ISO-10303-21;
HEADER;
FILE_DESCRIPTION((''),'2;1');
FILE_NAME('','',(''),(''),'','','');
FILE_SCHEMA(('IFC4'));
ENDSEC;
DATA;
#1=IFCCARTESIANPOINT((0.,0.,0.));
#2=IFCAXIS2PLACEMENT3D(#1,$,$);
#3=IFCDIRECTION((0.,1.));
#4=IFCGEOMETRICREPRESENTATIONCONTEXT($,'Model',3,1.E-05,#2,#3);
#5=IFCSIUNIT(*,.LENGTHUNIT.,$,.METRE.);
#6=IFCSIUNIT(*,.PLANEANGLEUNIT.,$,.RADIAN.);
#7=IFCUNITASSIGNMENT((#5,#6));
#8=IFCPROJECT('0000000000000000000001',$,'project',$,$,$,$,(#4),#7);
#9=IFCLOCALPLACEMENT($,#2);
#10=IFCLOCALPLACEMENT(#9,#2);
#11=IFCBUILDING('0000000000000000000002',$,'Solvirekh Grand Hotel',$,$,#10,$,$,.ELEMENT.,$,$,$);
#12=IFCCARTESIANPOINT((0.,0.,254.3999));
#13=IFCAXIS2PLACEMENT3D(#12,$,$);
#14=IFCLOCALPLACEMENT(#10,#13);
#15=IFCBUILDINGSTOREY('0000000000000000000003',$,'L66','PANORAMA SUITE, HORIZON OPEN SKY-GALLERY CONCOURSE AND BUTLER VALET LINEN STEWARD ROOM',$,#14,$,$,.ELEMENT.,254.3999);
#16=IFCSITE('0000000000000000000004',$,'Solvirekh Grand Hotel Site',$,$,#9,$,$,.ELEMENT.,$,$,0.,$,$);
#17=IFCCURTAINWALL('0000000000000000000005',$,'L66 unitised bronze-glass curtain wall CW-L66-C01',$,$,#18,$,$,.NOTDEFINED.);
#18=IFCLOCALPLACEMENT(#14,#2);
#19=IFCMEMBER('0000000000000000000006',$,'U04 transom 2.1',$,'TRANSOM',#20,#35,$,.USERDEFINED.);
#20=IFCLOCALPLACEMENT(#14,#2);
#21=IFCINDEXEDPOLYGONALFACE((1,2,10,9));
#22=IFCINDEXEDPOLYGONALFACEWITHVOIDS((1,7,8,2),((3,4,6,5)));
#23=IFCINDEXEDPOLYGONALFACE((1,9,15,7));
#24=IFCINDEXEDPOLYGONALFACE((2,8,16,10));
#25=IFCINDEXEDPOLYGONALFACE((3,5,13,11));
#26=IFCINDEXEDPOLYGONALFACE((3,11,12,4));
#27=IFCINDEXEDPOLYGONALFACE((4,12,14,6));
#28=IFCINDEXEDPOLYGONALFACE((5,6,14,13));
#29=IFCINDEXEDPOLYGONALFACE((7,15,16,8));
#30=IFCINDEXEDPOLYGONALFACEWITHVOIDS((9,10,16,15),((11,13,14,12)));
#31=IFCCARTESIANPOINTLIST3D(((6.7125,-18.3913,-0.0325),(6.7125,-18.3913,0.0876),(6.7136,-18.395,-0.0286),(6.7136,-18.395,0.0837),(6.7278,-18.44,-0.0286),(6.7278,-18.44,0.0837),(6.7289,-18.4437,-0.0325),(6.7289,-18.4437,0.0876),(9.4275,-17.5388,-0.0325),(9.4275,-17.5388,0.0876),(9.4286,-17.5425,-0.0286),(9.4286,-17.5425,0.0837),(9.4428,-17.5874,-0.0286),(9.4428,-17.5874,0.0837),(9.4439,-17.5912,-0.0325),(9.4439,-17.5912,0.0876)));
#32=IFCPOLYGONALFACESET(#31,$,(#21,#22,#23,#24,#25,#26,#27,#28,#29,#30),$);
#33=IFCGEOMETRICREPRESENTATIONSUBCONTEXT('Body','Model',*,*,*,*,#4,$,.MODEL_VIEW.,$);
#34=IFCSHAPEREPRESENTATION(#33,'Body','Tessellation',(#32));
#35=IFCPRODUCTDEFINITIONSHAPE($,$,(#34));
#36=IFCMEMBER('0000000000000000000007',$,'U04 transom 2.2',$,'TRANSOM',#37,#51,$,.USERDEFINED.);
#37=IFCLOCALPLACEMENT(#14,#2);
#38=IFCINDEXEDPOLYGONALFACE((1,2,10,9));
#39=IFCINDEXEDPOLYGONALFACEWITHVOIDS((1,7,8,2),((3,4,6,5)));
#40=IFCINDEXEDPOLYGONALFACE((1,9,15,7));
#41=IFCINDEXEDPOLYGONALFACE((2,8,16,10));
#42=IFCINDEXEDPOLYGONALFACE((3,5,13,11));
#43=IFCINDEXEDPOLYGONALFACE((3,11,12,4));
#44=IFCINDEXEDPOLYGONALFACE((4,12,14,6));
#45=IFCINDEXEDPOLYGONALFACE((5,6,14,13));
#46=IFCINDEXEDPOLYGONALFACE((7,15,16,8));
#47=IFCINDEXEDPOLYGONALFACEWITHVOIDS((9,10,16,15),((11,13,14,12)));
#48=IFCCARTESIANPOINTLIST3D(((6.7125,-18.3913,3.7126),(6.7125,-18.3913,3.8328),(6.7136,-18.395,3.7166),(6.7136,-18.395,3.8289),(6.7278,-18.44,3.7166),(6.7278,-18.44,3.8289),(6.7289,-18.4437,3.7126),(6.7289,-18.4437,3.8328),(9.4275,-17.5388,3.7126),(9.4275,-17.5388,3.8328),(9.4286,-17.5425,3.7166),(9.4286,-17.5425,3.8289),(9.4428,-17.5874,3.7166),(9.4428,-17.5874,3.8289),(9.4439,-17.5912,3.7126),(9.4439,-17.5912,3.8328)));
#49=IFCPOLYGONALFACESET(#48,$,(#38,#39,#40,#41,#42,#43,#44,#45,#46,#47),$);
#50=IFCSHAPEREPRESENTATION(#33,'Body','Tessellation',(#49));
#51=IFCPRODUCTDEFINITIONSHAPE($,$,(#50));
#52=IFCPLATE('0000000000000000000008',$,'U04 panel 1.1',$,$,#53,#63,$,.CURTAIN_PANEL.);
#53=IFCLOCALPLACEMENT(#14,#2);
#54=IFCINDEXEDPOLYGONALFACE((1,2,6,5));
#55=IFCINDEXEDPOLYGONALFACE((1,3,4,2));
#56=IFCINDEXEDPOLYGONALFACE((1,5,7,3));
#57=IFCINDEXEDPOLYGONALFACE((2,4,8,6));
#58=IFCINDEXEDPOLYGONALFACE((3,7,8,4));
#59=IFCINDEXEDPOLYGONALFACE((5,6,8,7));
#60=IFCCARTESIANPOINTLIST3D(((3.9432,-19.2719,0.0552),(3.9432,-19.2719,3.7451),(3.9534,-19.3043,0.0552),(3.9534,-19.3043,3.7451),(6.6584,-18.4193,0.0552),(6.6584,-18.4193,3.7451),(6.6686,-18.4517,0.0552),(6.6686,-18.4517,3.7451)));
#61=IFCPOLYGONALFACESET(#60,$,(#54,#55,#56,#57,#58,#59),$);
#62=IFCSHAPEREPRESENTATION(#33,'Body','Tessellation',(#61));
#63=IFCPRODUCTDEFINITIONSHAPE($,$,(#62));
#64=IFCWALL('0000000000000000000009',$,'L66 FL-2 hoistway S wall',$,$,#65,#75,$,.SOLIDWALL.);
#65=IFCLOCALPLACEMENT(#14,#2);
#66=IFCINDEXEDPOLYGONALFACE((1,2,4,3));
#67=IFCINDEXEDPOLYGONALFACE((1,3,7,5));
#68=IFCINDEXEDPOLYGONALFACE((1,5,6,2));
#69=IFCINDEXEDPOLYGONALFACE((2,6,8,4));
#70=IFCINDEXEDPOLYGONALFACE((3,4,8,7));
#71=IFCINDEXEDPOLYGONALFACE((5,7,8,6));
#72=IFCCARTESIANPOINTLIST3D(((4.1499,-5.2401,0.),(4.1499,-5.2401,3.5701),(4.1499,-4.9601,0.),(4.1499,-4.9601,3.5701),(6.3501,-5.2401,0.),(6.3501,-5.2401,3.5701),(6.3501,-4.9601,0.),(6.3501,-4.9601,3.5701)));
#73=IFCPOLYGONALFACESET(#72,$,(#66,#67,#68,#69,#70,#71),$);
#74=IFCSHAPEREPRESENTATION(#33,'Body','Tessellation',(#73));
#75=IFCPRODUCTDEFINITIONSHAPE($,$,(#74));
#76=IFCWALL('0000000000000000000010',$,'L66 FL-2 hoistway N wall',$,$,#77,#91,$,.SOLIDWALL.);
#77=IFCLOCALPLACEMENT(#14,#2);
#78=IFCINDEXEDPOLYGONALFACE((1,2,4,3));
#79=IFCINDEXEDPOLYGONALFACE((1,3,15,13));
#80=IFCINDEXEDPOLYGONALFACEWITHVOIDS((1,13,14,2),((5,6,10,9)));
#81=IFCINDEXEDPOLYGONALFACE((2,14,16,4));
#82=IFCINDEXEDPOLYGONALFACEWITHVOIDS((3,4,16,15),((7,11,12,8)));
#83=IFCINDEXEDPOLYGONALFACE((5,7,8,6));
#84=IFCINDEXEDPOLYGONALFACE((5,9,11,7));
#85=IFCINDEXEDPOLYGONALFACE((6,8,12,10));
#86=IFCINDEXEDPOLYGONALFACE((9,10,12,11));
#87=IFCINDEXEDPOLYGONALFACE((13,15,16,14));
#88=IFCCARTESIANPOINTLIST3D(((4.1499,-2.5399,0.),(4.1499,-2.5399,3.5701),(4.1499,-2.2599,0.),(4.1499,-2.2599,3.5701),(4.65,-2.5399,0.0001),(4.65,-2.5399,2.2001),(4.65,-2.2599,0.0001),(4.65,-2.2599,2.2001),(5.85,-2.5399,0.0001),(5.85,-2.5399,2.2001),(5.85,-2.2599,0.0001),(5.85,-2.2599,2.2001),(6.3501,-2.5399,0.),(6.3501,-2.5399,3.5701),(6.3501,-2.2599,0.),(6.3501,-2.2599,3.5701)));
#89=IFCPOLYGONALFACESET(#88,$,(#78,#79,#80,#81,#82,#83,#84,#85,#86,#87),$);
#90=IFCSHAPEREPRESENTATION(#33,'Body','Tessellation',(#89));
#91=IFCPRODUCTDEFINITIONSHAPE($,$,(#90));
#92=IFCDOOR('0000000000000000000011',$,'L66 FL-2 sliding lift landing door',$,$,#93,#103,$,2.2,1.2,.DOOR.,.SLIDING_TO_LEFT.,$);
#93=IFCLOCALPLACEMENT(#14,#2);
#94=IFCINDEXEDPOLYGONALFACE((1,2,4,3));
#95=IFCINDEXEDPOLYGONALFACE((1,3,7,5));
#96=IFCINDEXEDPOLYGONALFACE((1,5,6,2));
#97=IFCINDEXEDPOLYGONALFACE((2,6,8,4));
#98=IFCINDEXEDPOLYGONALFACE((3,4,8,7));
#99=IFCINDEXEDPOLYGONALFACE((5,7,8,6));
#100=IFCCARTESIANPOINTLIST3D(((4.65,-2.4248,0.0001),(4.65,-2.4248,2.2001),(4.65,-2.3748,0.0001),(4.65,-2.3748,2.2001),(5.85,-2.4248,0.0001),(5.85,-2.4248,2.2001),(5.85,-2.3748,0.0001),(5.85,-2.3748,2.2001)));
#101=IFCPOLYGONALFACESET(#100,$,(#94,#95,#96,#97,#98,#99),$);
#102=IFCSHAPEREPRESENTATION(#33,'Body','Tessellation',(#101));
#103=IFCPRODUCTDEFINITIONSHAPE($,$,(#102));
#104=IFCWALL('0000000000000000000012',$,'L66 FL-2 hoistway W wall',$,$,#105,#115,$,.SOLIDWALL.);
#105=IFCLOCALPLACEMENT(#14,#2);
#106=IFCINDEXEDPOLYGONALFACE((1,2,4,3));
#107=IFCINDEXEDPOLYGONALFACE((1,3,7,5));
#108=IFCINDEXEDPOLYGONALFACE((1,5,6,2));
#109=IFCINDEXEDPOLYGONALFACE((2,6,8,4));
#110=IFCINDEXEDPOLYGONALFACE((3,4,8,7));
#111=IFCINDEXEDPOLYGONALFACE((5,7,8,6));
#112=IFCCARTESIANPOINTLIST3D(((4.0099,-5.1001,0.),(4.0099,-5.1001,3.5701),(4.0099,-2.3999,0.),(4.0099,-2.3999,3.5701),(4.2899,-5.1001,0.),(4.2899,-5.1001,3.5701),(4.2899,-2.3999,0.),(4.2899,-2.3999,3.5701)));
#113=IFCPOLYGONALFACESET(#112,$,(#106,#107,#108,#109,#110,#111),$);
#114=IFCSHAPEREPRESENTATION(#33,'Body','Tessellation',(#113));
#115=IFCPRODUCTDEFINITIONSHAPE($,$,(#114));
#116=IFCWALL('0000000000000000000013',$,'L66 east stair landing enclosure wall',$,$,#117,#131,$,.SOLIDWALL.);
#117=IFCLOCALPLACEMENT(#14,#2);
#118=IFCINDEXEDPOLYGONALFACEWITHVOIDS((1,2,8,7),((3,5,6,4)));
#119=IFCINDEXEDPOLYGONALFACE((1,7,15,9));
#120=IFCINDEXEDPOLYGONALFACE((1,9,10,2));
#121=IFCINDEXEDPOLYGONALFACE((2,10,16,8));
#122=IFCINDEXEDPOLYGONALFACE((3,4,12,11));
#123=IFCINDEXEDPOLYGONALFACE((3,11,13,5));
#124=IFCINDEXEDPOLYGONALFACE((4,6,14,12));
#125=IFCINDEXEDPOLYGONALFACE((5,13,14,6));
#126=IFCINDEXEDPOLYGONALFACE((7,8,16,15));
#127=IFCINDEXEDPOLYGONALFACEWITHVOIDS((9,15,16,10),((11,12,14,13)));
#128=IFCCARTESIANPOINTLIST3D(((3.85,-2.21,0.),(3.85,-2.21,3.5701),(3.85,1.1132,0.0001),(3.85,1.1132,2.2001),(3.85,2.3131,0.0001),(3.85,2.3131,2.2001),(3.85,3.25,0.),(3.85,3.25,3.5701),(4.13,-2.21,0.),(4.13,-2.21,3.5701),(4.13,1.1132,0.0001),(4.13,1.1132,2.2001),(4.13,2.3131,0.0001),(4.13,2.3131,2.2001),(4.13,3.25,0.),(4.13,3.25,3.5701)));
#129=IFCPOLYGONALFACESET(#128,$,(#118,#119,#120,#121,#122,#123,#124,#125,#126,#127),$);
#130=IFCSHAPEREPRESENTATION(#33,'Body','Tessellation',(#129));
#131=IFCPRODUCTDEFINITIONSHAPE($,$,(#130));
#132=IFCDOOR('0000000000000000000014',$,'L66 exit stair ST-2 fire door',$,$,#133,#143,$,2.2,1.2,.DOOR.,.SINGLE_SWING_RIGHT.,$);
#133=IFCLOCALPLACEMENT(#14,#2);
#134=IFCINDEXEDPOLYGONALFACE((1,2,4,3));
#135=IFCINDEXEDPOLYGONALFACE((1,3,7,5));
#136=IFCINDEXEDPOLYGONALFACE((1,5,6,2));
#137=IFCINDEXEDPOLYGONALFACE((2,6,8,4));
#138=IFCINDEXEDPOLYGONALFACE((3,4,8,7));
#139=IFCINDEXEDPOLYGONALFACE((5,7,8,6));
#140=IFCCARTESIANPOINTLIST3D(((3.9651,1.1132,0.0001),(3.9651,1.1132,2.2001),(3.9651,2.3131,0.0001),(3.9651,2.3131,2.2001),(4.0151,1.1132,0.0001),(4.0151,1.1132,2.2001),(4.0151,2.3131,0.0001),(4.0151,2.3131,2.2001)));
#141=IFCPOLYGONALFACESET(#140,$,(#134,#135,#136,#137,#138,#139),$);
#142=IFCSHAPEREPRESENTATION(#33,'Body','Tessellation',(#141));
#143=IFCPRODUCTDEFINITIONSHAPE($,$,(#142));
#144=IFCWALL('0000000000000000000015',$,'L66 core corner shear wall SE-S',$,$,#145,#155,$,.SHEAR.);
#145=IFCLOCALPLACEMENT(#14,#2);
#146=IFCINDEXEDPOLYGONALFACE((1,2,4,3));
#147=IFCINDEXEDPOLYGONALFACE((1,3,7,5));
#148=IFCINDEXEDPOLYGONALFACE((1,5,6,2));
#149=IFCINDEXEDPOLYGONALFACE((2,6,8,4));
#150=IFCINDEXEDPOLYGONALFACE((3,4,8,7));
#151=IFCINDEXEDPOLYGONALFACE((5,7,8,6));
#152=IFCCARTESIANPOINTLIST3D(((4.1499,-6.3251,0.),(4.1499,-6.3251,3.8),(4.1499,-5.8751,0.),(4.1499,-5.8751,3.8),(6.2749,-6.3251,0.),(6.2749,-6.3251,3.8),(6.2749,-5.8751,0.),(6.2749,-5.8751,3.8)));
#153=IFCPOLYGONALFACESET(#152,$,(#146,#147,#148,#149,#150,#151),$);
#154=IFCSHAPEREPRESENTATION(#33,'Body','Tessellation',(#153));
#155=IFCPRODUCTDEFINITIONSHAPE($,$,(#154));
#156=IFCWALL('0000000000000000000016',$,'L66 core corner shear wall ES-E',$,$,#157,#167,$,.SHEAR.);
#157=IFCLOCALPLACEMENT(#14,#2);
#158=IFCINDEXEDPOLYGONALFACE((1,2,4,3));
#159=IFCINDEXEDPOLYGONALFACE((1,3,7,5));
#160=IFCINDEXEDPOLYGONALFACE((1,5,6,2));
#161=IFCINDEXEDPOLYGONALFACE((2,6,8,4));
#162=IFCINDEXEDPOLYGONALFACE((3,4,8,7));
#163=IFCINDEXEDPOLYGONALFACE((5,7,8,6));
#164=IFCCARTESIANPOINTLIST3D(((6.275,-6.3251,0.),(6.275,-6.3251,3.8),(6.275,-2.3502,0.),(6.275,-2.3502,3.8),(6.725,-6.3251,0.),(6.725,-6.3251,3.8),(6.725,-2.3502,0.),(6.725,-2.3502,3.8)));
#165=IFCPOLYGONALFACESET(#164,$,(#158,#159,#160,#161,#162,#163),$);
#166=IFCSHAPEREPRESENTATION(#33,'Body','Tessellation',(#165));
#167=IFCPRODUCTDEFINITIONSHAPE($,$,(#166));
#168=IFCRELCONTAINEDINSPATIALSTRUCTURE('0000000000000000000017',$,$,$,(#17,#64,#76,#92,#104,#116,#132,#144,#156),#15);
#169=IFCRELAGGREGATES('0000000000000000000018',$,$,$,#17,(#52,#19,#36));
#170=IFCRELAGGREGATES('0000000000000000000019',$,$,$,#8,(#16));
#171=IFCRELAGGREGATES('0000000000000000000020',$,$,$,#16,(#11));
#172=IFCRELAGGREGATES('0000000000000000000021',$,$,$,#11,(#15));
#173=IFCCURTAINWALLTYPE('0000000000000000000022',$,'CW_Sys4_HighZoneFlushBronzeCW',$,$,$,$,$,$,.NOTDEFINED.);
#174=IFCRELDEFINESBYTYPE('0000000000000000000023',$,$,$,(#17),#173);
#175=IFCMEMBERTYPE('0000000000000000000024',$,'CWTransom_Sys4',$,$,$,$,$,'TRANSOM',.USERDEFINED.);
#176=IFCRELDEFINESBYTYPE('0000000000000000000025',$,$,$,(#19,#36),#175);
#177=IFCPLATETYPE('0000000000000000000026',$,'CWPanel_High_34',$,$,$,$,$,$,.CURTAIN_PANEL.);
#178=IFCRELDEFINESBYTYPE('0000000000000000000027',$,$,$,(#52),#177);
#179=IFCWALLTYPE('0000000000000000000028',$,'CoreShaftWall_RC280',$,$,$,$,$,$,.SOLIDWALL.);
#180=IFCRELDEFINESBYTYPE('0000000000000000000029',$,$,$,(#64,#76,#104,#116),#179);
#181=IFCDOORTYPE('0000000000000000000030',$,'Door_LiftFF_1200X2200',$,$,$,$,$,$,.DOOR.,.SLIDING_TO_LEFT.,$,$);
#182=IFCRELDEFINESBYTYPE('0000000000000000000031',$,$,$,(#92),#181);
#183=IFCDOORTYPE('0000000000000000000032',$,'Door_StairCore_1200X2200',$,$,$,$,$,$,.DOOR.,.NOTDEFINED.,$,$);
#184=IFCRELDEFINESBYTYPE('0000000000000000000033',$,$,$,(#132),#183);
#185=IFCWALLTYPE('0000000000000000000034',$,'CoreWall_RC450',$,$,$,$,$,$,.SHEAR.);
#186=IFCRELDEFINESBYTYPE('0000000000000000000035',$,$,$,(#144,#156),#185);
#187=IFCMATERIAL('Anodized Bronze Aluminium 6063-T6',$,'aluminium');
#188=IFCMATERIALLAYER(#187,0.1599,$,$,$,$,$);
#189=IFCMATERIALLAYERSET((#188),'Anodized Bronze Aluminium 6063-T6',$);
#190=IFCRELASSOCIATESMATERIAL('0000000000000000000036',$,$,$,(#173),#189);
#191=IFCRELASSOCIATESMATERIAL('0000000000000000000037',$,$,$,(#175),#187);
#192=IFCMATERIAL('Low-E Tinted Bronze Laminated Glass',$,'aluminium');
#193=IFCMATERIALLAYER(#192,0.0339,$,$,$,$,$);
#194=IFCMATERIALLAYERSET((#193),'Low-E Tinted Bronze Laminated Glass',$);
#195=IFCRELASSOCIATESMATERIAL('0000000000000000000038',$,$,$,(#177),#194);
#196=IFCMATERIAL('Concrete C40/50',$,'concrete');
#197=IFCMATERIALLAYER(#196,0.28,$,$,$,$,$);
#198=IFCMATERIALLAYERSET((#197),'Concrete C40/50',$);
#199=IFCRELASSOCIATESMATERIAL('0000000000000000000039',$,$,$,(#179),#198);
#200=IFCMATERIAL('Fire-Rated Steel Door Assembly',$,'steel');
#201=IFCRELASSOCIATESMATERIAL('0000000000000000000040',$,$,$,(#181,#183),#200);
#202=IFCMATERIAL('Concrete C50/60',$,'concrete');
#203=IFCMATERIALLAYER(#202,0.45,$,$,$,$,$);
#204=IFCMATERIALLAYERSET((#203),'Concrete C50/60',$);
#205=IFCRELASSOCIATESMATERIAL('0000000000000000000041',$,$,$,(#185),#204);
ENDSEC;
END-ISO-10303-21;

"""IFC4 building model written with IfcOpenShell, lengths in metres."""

from ifc_helpers import new_model, si_unit, direction, frame, frame_2d, origin, origin_2d, place, context, subcontext, project, spatial, rectangle, hollow_rectangle, extrude, source, transform, mapped, material, layer, layer_set, material_profile, profile_set, type_object, element, fill, aggregate, save


model = new_model("IFC4")

# Units and contexts
model_context = context("Model", 3, precision=1e-05, world=origin(), true_north=direction((0.0, 1.0)))
body_context = subcontext(model_context, "Body", "Model", "MODEL_VIEW")
ifc_project = project(units=[si_unit("LENGTHUNIT", "METRE"), si_unit("PLANEANGLEUNIT", "RADIAN")], contexts=[model_context])

# Site, building, storey
site_placement = place(None, origin())
site = spatial("IfcSite", under=ifc_project, at=site_placement, Name="Solvirekh Grand Hotel Site", CompositionType="ELEMENT", RefElevation=0.0)
building_placement = place(site_placement, origin())
building = spatial("IfcBuilding", under=site, at=building_placement, Name="Solvirekh Grand Hotel", CompositionType="ELEMENT")
storey_placement = place(building_placement, frame((0.0, 0.0, 254.3999)))
storey = spatial("IfcBuildingStorey", under=building, at=storey_placement, Name="L66", Description="PANORAMA SUITE, HORIZON OPEN SKY-GALLERY CONCOURSE AND BUTLER VALET LINEN STEWARD ROOM", CompositionType="ELEMENT", Elevation=254.3999)

# Shared definitions
ifc_material_1 = material(Name="Concrete C50/60", Category="concrete")

# Curtain wall, members, plate
ifc_material_2 = material(Name="Anodized Bronze Aluminium 6063-T6", Category="aluminium")
ifc_layer_1 = layer(ifc_material_2, 0.1599)
ifc_layer_set_1 = layer_set([ifc_layer_1], Name="Anodized Bronze Aluminium 6063-T6")
curtain_wall_type = type_object("IfcCurtainWallType", Name="CW_Sys4_HighZoneFlushBronzeCW", PredefinedType="NOTDEFINED", material=ifc_layer_set_1)
curtain_wall_placement = place(storey_placement, origin())
curtain_wall = element("IfcCurtainWall", 1, at=curtain_wall_placement, inside=storey, type_object=curtain_wall_type, Name="L66 unitised bronze-glass curtain wall CW-L66-C01", PredefinedType="NOTDEFINED")
ifc_material_profile_1 = material_profile(ifc_material_2, hollow_rectangle(XDim=0.0549, YDim=0.1201, WallThickness=0.0039, at=origin_2d()), Name="ALU RHS 120X55X4")
ifc_profile_set_1 = profile_set([ifc_material_profile_1], Name="Anodized Bronze Aluminium 6063-T6")
member_type_1 = type_object("IfcMemberType", Name="CWTransom_Sys4", ElementType="TRANSOM", PredefinedType="USERDEFINED", material=ifc_profile_set_1)
shared_shape_1 = source(origin(), body_context, "Body", "SweptSolid", [
    extrude(hollow_rectangle(XDim=0.0549, YDim=0.1201, WallThickness=0.0039, at=origin_2d()), origin(), (0.0, 0.0, 1.0), 2.8457),
])
member_1_placement = place(storey_placement, frame((6.7207, -18.4175, 0.0276), z_axis=(0.954072, 0.299579, 0.0), x_axis=(-0.299579, 0.954072, 0.0)))
member_1 = element("IfcMember", 2, at=member_1_placement, type_object=member_type_1, Name="U04 transom 2.1", ObjectType="TRANSOM", PredefinedType="USERDEFINED", context=body_context, shape_type="MappedRepresentation", body=[
    mapped(shared_shape_1, transform((0.0, 0.0, 0.0), x_axis=(1.0, 0.0, 0.0), y_axis=(0.0, 1.0, 0.0), z_axis=(0.0, 0.0, 1.0), scale=1.0)),
])
member_2_placement = place(storey_placement, frame((6.7207, -18.4175, 3.7727), z_axis=(0.954072, 0.299579, 0.0), x_axis=(-0.299579, 0.954072, 0.0)))
member_2 = element("IfcMember", 3, at=member_2_placement, type_object=member_type_1, Name="U04 transom 2.2", ObjectType="TRANSOM", PredefinedType="USERDEFINED", context=body_context, shape_type="MappedRepresentation", body=[
    mapped(shared_shape_1, transform((0.0, 0.0, 0.0), x_axis=(1.0, 0.0, 0.0), y_axis=(0.0, 1.0, 0.0), z_axis=(0.0, 0.0, 1.0), scale=1.0)),
])
ifc_material_3 = material(Name="Low-E Tinted Bronze Laminated Glass", Category="aluminium")
ifc_layer_2 = layer(ifc_material_3, 0.0339)
ifc_layer_set_2 = layer_set([ifc_layer_2], Name="Low-E Tinted Bronze Laminated Glass")
plate_type = type_object("IfcPlateType", Name="CWPanel_High_34", PredefinedType="CURTAIN_PANEL", material=ifc_layer_set_2)
shared_shape_2 = source(origin(), body_context, "Body", "SweptSolid", [
    extrude(rectangle(XDim=2.8459, YDim=0.0339, at=origin_2d()), origin(), (0.0, 0.0, 1.0), 3.6899),
])
plate_placement = place(storey_placement, frame((5.3059, -18.8618, 0.0552), z_axis=(0.0, 0.0, 1.0), x_axis=(0.954073, 0.299574, 0.0)))
plate = element("IfcPlate", 4, at=plate_placement, type_object=plate_type, Name="U04 panel 1.1", PredefinedType="CURTAIN_PANEL", context=body_context, shape_type="MappedRepresentation", body=[
    mapped(shared_shape_2, transform((0.0, 0.0, 0.0), x_axis=(1.0, 0.0, 0.0), y_axis=(0.0, 1.0, 0.0), z_axis=(0.0, 0.0, 1.0), scale=1.0)),
])
aggregate(curtain_wall, [plate, member_1, member_2])

# Wall
ifc_material_4 = material(Name="Concrete C40/50", Category="concrete")
ifc_layer_3 = layer(ifc_material_4, 0.28)
ifc_layer_set_3 = layer_set([ifc_layer_3], Name="Concrete C40/50")
wall_type_1 = type_object("IfcWallType", Name="CoreShaftWall_RC280", PredefinedType="SOLIDWALL", material=ifc_layer_set_3)
wall_1_placement = place(storey_placement, frame((4.1499, -5.1001, 0.0), z_axis=(0.0, 0.0, 1.0), x_axis=(1.0, 0.0, 0.0)))
element("IfcWall", 5, at=wall_1_placement, inside=storey, type_object=wall_type_1, Name="L66 FL-2 hoistway S wall", PredefinedType="SOLIDWALL", context=body_context, shape_type="SweptSolid", body=[
    extrude(rectangle(XDim=2.2002, YDim=0.28, at=frame_2d((1.1001, 0.0))), origin(), (0.0, 0.0, 1.0), 3.5701),
])

# Wall, opening, door
wall_2_placement = place(storey_placement, frame((6.3501, -2.3999, 0.0), z_axis=(0.0, 0.0, 1.0), x_axis=(-1.0, 0.0, 0.0)))
wall_2 = element("IfcWall", 6, at=wall_2_placement, inside=storey, type_object=wall_type_1, Name="L66 FL-2 hoistway N wall", PredefinedType="SOLIDWALL", context=body_context, shape_type="SweptSolid", body=[
    extrude(rectangle(XDim=2.2002, YDim=0.28, at=frame_2d((1.1001, 0.0))), origin(), (0.0, 0.0, 1.0), 3.5701),
])
opening_1_placement = place(wall_2_placement, frame((0.5, 0.0, 0.0)))
opening_1 = element("IfcOpeningElement", 7, at=opening_1_placement, cuts=wall_2, PredefinedType="OPENING", context=body_context, shape_type="SweptSolid", body=[
    extrude(rectangle(XDim=1.2, YDim=2.2, at=frame_2d((0.6001, 1.1001))), frame((0.0, 0.1499, 0.0), z_axis=(0.0, -1.0, 0.0), x_axis=(1.0, 0.0, 0.0)), (0.0, 0.0, 1.0), 0.3),
])
ifc_material_5 = material(Name="Fire-Rated Steel Door Assembly", Category="steel")
door_type_1 = type_object("IfcDoorType", Name="Door_LiftFF_1200X2200", OperationType="SLIDING_TO_LEFT", PredefinedType="DOOR", material=ifc_material_5)
door_1_placement = place(opening_1_placement, origin())
door_1 = element("IfcDoor", 8, at=door_1_placement, inside=storey, type_object=door_type_1, Name="L66 FL-2 sliding lift landing door", OperationType="SLIDING_TO_LEFT", OverallHeight=2.2, OverallWidth=1.2, PredefinedType="DOOR", context=body_context, shape_type="SweptSolid", body=[
    extrude(rectangle(XDim=1.2, YDim=2.2, at=frame_2d((0.6001, 1.1001))), frame((0.0, 0.0249, 0.0), z_axis=(0.0, -1.0, 0.0), x_axis=(1.0, 0.0, 0.0)), (0.0, 0.0, 1.0), 0.05),
])
fill(opening_1, door_1)

# Wall
wall_3_placement = place(storey_placement, frame((4.1499, -2.3999, 0.0), z_axis=(0.0, 0.0, 1.0), x_axis=(0.0, -1.0, 0.0)))
element("IfcWall", 9, at=wall_3_placement, inside=storey, type_object=wall_type_1, Name="L66 FL-2 hoistway W wall", PredefinedType="SOLIDWALL", context=body_context, shape_type="SweptSolid", body=[
    extrude(rectangle(XDim=2.7002, YDim=0.28, at=frame_2d((1.3501, 0.0))), origin(), (0.0, 0.0, 1.0), 3.5701),
])

# Wall, opening, door
wall_4_placement = place(storey_placement, frame((3.99, -2.21, 0.0), z_axis=(0.0, 0.0, 1.0), x_axis=(0.0, 1.0, 0.0)))
wall_4 = element("IfcWall", 10, at=wall_4_placement, inside=storey, type_object=wall_type_1, Name="L66 east stair landing enclosure wall", PredefinedType="SOLIDWALL", context=body_context, shape_type="SweptSolid", body=[
    extrude(rectangle(XDim=5.46, YDim=0.28, at=frame_2d((2.73, 0.0))), origin(), (0.0, 0.0, 1.0), 3.5701),
])
opening_2_placement = place(wall_4_placement, frame((3.323, 0.0, 0.0)))
opening_2 = element("IfcOpeningElement", 11, at=opening_2_placement, cuts=wall_4, PredefinedType="OPENING", context=body_context, shape_type="SweptSolid", body=[
    extrude(rectangle(XDim=1.2, YDim=2.2, at=frame_2d((0.6001, 1.1001))), frame((0.0, 0.1499, 0.0), z_axis=(0.0, -1.0, 0.0), x_axis=(1.0, 0.0, 0.0)), (0.0, 0.0, 1.0), 0.3),
])
door_type_2 = type_object("IfcDoorType", Name="Door_StairCore_1200X2200", OperationType="NOTDEFINED", PredefinedType="DOOR", material=ifc_material_5)
door_2_placement = place(opening_2_placement, origin())
door_2 = element("IfcDoor", 12, at=door_2_placement, inside=storey, type_object=door_type_2, Name="L66 exit stair ST-2 fire door", OperationType="SINGLE_SWING_RIGHT", OverallHeight=2.2, OverallWidth=1.2, PredefinedType="DOOR", context=body_context, shape_type="SweptSolid", body=[
    extrude(rectangle(XDim=1.2, YDim=2.2, at=frame_2d((0.6001, 1.1001))), frame((0.0, 0.0249, 0.0), z_axis=(0.0, -1.0, 0.0), x_axis=(1.0, 0.0, 0.0)), (0.0, 0.0, 1.0), 0.05),
])
fill(opening_2, door_2)

# Walls
ifc_layer_4 = layer(ifc_material_1, 0.45)
ifc_layer_set_4 = layer_set([ifc_layer_4], Name="Concrete C50/60")
wall_type_2 = type_object("IfcWallType", Name="CoreWall_RC450", PredefinedType="SHEAR", material=ifc_layer_set_4)
wall_5_placement = place(storey_placement, frame((4.1499, -6.1001, 0.0), z_axis=(0.0, 0.0, 1.0), x_axis=(1.0, 0.0, 0.0)))
element("IfcWall", 13, at=wall_5_placement, inside=storey, type_object=wall_type_2, Name="L66 core corner shear wall SE-S", PredefinedType="SHEAR", context=body_context, shape_type="SweptSolid", body=[
    extrude(rectangle(XDim=2.125, YDim=0.45, at=frame_2d((1.0625, 0.0))), origin(), (0.0, 0.0, 1.0), 3.8),
])
wall_6_placement = place(storey_placement, frame((6.5, -6.325, 0.0), z_axis=(0.0, 0.0, 1.0), x_axis=(0.0, 1.0, 0.0)))
element("IfcWall", 14, at=wall_6_placement, inside=storey, type_object=wall_type_2, Name="L66 core corner shear wall ES-E", PredefinedType="SHEAR", context=body_context, shape_type="SweptSolid", body=[
    extrude(rectangle(XDim=3.9749, YDim=0.45, at=frame_2d((1.9873, 0.0))), origin(), (0.0, 0.0, 1.0), 3.8),
])

save(model, "model.ifc")
